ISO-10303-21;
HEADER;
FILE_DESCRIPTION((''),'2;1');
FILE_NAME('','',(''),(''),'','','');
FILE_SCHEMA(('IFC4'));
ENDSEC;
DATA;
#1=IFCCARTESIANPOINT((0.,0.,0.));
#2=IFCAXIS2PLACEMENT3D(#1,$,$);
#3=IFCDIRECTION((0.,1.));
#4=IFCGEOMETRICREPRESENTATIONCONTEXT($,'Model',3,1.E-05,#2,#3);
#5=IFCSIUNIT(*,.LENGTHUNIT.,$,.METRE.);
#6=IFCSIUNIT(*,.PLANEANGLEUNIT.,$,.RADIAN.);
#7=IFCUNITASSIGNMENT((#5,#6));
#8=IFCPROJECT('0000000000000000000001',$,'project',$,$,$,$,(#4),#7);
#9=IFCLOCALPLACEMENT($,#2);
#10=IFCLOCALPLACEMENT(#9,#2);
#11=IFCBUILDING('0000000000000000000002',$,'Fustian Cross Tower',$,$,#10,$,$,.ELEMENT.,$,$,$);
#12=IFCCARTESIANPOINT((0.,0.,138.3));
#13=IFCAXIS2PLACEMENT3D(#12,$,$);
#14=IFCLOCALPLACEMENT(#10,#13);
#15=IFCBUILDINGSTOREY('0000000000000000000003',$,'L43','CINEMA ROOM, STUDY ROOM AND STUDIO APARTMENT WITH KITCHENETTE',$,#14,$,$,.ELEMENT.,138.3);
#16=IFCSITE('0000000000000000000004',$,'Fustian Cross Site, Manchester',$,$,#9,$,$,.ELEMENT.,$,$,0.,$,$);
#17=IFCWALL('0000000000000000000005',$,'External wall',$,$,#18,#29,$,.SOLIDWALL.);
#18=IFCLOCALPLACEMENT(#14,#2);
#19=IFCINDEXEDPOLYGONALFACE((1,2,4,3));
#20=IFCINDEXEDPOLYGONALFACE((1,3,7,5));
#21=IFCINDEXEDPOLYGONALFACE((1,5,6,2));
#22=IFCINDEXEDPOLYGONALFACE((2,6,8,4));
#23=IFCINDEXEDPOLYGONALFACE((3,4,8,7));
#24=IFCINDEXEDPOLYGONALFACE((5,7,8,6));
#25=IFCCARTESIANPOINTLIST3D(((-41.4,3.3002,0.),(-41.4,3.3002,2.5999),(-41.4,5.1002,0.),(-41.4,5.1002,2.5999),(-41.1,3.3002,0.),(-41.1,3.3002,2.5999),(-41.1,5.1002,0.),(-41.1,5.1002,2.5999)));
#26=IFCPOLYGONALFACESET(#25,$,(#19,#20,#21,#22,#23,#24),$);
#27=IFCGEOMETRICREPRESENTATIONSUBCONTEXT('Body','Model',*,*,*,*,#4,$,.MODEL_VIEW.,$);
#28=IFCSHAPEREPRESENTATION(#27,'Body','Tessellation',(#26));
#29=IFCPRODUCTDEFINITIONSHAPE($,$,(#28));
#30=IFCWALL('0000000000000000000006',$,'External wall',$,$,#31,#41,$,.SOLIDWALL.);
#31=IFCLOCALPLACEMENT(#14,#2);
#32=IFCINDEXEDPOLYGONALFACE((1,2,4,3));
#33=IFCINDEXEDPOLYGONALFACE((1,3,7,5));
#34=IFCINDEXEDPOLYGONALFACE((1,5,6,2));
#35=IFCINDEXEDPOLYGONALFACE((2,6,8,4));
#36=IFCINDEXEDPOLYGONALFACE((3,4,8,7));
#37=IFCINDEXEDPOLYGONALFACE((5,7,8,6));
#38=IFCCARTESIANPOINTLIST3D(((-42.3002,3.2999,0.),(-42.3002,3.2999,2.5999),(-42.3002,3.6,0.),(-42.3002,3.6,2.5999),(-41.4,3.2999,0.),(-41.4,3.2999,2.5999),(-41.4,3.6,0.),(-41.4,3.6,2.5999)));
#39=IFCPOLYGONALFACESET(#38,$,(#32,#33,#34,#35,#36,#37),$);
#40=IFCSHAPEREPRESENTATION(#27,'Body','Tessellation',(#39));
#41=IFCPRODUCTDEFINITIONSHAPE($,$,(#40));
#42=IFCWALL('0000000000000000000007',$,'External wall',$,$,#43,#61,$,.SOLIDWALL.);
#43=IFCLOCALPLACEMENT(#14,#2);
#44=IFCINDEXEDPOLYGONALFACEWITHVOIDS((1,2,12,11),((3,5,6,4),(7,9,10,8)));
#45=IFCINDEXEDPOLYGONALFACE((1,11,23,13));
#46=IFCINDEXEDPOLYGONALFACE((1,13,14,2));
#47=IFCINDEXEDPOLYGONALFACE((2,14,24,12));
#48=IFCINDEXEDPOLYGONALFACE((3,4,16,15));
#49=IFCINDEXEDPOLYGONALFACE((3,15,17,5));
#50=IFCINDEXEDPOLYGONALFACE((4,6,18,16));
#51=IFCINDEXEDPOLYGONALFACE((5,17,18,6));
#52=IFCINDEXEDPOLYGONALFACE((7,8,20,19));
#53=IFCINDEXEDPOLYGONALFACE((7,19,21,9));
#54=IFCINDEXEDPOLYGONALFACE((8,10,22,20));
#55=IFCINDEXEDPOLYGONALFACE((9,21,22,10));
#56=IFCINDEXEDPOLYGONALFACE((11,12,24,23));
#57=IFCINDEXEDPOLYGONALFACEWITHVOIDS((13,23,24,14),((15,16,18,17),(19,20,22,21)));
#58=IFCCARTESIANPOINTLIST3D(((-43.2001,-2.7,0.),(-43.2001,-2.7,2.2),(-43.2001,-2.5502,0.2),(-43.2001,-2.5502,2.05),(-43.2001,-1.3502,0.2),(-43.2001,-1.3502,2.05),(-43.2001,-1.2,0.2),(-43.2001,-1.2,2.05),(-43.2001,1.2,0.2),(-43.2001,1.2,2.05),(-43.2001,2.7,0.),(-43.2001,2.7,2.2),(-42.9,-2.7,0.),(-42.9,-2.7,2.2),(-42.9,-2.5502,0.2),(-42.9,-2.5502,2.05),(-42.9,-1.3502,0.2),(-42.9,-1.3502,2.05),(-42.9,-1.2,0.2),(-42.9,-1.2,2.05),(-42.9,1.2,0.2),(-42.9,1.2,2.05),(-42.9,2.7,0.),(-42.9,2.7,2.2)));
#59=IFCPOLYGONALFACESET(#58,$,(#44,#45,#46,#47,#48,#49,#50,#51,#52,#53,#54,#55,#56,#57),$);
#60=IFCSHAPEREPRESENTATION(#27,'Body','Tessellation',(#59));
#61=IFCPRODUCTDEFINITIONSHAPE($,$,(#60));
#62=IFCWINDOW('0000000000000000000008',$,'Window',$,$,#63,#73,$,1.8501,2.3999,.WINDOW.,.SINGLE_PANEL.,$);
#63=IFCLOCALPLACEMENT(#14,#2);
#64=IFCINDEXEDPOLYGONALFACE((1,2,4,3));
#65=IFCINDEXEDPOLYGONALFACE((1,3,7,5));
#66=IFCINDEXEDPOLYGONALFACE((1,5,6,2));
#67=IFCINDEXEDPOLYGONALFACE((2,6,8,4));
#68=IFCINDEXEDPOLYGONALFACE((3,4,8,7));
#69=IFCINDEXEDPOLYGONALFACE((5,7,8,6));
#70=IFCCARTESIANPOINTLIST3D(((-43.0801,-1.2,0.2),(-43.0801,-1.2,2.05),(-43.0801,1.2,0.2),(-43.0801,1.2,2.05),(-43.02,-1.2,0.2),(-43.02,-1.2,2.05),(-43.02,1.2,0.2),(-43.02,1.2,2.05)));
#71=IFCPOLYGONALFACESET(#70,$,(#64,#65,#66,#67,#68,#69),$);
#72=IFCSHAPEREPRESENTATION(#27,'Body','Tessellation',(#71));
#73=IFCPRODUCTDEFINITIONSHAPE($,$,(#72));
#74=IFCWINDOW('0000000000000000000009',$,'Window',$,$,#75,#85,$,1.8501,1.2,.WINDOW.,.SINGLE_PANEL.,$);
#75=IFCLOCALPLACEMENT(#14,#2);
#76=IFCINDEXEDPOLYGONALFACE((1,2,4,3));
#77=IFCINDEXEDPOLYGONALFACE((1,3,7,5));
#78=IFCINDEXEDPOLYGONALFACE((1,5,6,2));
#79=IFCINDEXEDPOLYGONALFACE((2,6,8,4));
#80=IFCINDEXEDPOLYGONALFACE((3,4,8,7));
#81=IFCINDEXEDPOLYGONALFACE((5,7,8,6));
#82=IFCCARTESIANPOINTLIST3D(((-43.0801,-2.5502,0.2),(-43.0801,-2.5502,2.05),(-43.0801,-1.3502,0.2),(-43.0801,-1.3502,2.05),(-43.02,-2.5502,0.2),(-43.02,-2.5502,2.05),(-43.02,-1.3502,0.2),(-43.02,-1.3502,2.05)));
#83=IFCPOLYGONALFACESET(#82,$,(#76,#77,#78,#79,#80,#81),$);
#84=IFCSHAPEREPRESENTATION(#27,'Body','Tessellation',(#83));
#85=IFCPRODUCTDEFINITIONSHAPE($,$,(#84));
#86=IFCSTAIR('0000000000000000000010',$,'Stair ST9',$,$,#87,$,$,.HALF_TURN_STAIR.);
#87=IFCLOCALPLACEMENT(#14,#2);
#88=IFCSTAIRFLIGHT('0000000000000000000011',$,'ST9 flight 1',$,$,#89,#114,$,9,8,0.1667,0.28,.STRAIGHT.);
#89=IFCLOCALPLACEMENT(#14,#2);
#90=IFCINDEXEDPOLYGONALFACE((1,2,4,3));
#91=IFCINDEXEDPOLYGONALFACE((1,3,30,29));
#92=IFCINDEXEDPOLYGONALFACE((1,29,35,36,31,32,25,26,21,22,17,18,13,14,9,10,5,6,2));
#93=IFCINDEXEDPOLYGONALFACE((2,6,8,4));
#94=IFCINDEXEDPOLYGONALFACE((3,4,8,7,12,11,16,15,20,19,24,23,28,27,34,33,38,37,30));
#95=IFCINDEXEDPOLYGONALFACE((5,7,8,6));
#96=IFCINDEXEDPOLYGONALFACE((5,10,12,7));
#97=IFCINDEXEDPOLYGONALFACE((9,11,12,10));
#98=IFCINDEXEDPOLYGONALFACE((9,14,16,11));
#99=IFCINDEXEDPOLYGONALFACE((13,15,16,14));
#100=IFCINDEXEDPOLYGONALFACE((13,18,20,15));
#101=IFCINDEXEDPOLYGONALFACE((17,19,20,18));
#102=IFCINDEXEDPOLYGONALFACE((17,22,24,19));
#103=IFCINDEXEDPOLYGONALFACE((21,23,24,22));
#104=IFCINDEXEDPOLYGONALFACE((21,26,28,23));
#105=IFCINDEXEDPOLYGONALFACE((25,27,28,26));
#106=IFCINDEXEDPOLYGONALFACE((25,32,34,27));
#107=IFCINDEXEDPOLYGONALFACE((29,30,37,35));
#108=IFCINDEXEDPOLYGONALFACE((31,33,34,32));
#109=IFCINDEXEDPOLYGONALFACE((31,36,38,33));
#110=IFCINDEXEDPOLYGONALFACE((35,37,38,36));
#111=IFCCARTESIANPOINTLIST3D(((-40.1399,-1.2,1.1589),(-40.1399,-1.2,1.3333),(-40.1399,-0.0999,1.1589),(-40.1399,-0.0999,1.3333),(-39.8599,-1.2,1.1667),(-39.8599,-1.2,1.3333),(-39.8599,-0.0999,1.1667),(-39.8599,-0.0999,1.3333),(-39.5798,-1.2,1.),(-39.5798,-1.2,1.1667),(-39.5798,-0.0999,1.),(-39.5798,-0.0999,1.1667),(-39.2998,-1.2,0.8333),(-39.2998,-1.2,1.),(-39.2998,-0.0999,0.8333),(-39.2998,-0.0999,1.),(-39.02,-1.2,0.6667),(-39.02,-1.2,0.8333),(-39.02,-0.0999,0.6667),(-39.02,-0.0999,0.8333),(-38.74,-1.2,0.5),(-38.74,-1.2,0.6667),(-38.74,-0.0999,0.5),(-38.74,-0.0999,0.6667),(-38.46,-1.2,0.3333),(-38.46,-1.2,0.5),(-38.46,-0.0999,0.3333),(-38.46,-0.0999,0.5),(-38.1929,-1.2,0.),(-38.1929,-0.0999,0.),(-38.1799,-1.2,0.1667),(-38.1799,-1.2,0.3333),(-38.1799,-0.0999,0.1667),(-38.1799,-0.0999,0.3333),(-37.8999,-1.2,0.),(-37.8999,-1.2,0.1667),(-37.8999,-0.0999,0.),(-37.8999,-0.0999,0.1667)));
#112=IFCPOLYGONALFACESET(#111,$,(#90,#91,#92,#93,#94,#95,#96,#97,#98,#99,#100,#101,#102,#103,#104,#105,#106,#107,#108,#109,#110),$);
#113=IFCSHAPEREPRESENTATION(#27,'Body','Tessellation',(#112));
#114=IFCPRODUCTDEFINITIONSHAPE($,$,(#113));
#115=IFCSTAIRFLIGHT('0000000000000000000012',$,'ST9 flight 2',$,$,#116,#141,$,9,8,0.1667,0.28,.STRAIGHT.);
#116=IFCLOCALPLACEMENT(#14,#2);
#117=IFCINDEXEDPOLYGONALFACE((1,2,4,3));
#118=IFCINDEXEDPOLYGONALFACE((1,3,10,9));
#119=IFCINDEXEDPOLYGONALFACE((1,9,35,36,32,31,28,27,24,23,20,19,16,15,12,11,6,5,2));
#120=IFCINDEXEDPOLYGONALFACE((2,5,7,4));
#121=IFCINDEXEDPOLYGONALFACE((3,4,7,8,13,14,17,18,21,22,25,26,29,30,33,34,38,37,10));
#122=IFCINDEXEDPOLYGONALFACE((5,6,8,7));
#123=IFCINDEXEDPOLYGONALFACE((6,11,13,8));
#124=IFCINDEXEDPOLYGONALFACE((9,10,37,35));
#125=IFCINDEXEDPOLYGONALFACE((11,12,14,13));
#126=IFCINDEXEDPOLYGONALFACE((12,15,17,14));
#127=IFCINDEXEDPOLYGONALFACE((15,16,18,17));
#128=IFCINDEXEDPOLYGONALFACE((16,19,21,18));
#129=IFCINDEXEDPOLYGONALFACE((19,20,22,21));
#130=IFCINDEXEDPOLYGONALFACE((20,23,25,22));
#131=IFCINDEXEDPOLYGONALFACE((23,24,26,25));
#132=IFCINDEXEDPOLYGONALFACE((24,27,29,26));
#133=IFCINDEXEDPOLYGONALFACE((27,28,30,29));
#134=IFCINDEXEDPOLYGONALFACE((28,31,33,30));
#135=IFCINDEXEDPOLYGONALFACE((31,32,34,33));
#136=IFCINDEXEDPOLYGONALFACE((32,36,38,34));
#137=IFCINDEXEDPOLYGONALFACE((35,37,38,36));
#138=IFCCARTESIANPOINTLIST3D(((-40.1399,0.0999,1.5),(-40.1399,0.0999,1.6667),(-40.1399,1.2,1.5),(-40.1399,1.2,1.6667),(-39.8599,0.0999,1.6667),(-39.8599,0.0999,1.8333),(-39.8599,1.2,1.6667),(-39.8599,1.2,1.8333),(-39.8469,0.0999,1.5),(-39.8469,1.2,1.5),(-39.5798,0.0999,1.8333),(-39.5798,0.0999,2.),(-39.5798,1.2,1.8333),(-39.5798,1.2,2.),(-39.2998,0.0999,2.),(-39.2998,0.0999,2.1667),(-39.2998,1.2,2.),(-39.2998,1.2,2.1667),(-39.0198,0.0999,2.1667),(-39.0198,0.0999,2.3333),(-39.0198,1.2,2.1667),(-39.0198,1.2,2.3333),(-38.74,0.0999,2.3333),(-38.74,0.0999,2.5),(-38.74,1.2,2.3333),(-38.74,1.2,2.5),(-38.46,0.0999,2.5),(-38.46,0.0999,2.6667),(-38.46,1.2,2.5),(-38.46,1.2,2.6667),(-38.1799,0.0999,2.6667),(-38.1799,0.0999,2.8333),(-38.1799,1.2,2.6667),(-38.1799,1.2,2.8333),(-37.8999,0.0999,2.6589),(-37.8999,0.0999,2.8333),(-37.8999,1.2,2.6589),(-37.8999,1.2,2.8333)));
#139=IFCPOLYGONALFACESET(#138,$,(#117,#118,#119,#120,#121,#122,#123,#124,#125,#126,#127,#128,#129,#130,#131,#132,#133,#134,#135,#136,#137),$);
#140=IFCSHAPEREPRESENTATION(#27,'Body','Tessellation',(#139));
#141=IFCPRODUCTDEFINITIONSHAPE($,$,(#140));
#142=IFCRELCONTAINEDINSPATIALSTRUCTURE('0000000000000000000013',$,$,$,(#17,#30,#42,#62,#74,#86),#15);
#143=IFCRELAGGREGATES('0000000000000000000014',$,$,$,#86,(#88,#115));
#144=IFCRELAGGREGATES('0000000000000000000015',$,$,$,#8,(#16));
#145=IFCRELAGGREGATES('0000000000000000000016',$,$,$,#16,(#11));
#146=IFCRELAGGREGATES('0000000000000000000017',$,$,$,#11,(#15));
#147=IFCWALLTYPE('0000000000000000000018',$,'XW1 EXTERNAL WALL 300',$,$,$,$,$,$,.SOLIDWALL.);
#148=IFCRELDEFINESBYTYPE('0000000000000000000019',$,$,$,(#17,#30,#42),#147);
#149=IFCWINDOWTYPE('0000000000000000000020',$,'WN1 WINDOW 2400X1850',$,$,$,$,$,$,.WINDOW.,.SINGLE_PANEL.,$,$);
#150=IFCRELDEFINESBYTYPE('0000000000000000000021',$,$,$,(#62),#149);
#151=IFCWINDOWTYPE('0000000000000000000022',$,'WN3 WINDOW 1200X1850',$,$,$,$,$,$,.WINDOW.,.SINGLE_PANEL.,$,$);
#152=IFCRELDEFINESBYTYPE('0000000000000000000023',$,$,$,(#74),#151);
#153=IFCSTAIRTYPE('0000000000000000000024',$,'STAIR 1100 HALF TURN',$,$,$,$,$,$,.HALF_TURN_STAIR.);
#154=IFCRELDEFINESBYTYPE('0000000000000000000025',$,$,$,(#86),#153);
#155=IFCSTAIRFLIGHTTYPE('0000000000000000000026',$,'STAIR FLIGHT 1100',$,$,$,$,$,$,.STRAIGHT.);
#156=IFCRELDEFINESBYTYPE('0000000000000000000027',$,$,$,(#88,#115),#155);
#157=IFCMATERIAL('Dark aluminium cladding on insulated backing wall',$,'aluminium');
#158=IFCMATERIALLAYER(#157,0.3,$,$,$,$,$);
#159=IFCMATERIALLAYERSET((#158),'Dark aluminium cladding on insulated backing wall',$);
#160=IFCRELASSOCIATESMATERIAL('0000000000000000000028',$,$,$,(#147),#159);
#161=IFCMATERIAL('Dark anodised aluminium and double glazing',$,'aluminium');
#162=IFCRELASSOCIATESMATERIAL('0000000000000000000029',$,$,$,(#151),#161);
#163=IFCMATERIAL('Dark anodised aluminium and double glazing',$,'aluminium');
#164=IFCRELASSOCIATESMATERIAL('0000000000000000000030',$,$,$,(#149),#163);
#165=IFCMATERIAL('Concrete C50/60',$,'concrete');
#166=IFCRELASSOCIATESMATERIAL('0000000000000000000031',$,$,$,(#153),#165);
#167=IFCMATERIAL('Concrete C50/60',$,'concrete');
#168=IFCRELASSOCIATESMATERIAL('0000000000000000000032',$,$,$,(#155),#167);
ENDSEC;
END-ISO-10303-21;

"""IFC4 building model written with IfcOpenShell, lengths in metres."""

from ifc_helpers import new_model, si_unit, direction, frame, frame_2d, origin, place, context, subcontext, project, spatial, polyline, rectangle, outline, extrude, material, layer, layer_set, type_object, element, fill, aggregate, save


model = new_model("IFC4")

# Units and contexts
model_context = context("Model", 3, precision=1e-05, world=origin(), true_north=direction((0.0, 1.0)))
body_context = subcontext(model_context, "Body", "Model", "MODEL_VIEW")
ifc_project = project(units=[si_unit("LENGTHUNIT", "METRE"), si_unit("PLANEANGLEUNIT", "RADIAN")], contexts=[model_context])

# Site, building, storey
site_placement = place(None, origin())
site = spatial("IfcSite", under=ifc_project, at=site_placement, Name="Fustian Cross Site, Manchester", CompositionType="ELEMENT", RefElevation=0.0)
building_placement = place(site_placement, origin())
building = spatial("IfcBuilding", under=site, at=building_placement, Name="Fustian Cross Tower", CompositionType="ELEMENT")
storey_placement = place(building_placement, frame((0.0, 0.0, 138.3)))
storey = spatial("IfcBuildingStorey", under=building, at=storey_placement, Name="L43", Description="CINEMA ROOM, STUDY ROOM AND STUDIO APARTMENT WITH KITCHENETTE", CompositionType="ELEMENT", Elevation=138.3)

# Shared definitions
ifc_material_1 = material(Name="Dark aluminium cladding on insulated backing wall", Category="aluminium")
ifc_layer_1 = layer(ifc_material_1, 0.3)
ifc_layer_set_1 = layer_set([ifc_layer_1], Name="Dark aluminium cladding on insulated backing wall")
wall_type_1 = type_object("IfcWallType", Name="XW1 EXTERNAL WALL 300", PredefinedType="SOLIDWALL", material=ifc_layer_set_1)
ifc_material_2 = material(Name="Dark anodised aluminium and double glazing", Category="aluminium")
window_type_1 = type_object("IfcWindowType", Name="WN3 WINDOW 1200X1850", PartitioningType="SINGLE_PANEL", PredefinedType="WINDOW", material=ifc_material_2)

# Walls
wall_1_placement = place(storey_placement, frame((-41.25, 5.1001, 0.0), z_axis=(0.0, 0.0, 1.0), x_axis=(0.0, -1.0, 0.0)))
element("IfcWall", 1, at=wall_1_placement, inside=storey, type_object=wall_type_1, Name="External wall", PredefinedType="SOLIDWALL", context=body_context, shape_type="SweptSolid", body=[
    extrude(rectangle(XDim=1.8, YDim=0.3, at=frame_2d((0.8999, 0.0))), origin(), (0.0, 0.0, 1.0), 2.5999),
])
wall_2_placement = place(storey_placement, frame((-41.3999, 3.45, 0.0), z_axis=(0.0, 0.0, 1.0), x_axis=(-1.0, 0.0, 0.0)))
element("IfcWall", 2, at=wall_2_placement, inside=storey, type_object=wall_type_1, Name="External wall", PredefinedType="SOLIDWALL", context=body_context, shape_type="SweptSolid", body=[
    extrude(rectangle(XDim=0.9001, YDim=0.3, at=frame_2d((0.4502, 0.0))), origin(), (0.0, 0.0, 1.0), 2.5999),
])

# Wall, openings, windows
wall_3_placement = place(storey_placement, frame((-43.05, 2.7, 0.0), z_axis=(0.0, 0.0, 1.0), x_axis=(0.0, -1.0, 0.0)))
wall_3 = element("IfcWall", 3, at=wall_3_placement, inside=storey, type_object=wall_type_1, Name="External wall", PredefinedType="SOLIDWALL", context=body_context, shape_type="SweptSolid", body=[
    extrude(rectangle(XDim=5.3999, YDim=0.3, at=frame_2d((2.7, 0.0))), origin(), (0.0, 0.0, 1.0), 2.2),
])
opening_1_placement = place(wall_3_placement, frame((1.5, 0.0, 0.2)))
opening_1 = element("IfcOpeningElement", 4, at=opening_1_placement, cuts=wall_3, PredefinedType="OPENING", context=body_context, shape_type="SweptSolid", body=[
    extrude(rectangle(XDim=2.3999, YDim=1.8501, at=frame_2d((1.2, 0.925))), frame((0.0, 0.1599, 0.0), z_axis=(0.0, -1.0, 0.0), x_axis=(1.0, 0.0, 0.0)), (0.0, 0.0, 1.0), 0.3201),
])
opening_2_placement = place(wall_3_placement, frame((4.05, 0.0, 0.2)))
opening_2 = element("IfcOpeningElement", 5, at=opening_2_placement, cuts=wall_3, PredefinedType="OPENING", context=body_context, shape_type="SweptSolid", body=[
    extrude(rectangle(XDim=1.2, YDim=1.8501, at=frame_2d((0.6001, 0.925))), frame((0.0, 0.1599, 0.0), z_axis=(0.0, -1.0, 0.0), x_axis=(1.0, 0.0, 0.0)), (0.0, 0.0, 1.0), 0.3201),
])
ifc_material_3 = material(Name="Dark anodised aluminium and double glazing", Category="aluminium")
window_type_2 = type_object("IfcWindowType", Name="WN1 WINDOW 2400X1850", PartitioningType="SINGLE_PANEL", PredefinedType="WINDOW", material=ifc_material_3)
window_1_placement = place(opening_1_placement, origin())
window_1 = element("IfcWindow", 6, at=window_1_placement, inside=storey, type_object=window_type_2, Name="Window", OverallHeight=1.8501, OverallWidth=2.3999, PartitioningType="SINGLE_PANEL", PredefinedType="WINDOW", context=body_context, shape_type="SweptSolid", body=[
    extrude(rectangle(XDim=2.3999, YDim=1.8501, at=frame_2d((1.2, 0.925))), frame((0.0, 0.03, 0.0), z_axis=(0.0, -1.0, 0.0), x_axis=(1.0, 0.0, 0.0)), (0.0, 0.0, 1.0), 0.0601),
])
fill(opening_1, window_1)
window_2_placement = place(opening_2_placement, origin())
window_2 = element("IfcWindow", 7, at=window_2_placement, inside=storey, type_object=window_type_1, Name="Window", OverallHeight=1.8501, OverallWidth=1.2, PartitioningType="SINGLE_PANEL", PredefinedType="WINDOW", context=body_context, shape_type="SweptSolid", body=[
    extrude(rectangle(XDim=1.2, YDim=1.8501, at=frame_2d((0.6001, 0.925))), frame((0.0, 0.03, 0.0), z_axis=(0.0, -1.0, 0.0), x_axis=(1.0, 0.0, 0.0)), (0.0, 0.0, 1.0), 0.0601),
])
fill(opening_2, window_2)

# Stair, stair flights
ifc_material_4 = material(Name="Concrete C50/60", Category="concrete")
stair_type = type_object("IfcStairType", Name="STAIR 1100 HALF TURN", PredefinedType="HALF_TURN_STAIR", material=ifc_material_4)
stair_placement = place(storey_placement, origin())
stair = element("IfcStair", 8, at=stair_placement, inside=storey, type_object=stair_type, Name="Stair ST9", PredefinedType="HALF_TURN_STAIR")
ifc_material_5 = material(Name="Concrete C50/60", Category="concrete")
stair_flight_type = type_object("IfcStairFlightType", Name="STAIR FLIGHT 1100", PredefinedType="STRAIGHT", material=ifc_material_5)
stair_flight_1_placement = place(storey_placement, frame((-37.8999, -0.6499, 0.0), z_axis=(0.0, 0.0, 1.0), x_axis=(-1.0, 0.0, 0.0)))
stair_flight_1 = element("IfcStairFlight", 9, at=stair_flight_1_placement, type_object=stair_flight_type, Name="ST9 flight 1", NumberOfRisers=9, NumberOfTreads=8, PredefinedType="STRAIGHT", RiserHeight=0.1667, TreadLength=0.28, context=body_context, shape_type="SweptSolid", body=[
    extrude(outline(polyline([(0.0, 0.0), (0.0, 0.1667), (0.28, 0.1667), (0.28, 0.3333), (0.5601, 0.3333), (0.5601, 0.5), (0.8401, 0.5), (0.8401, 0.6667), (1.1201, 0.6667), (1.1201, 0.8333), (1.3999, 0.8333), (1.3999, 1.0), (1.6799, 1.0), (1.6799, 1.1667), (1.96, 1.1667), (1.96, 1.3333), (2.24, 1.3333), (2.24, 1.5), (2.24, 1.1589), (0.293, 0.0), (0.0, 0.0)])), frame((0.0, 0.55, 0.0), z_axis=(0.0, -1.0, 0.0), x_axis=(1.0, 0.0, 0.0)), (0.0, 0.0, 1.0), 1.1001),
])
stair_flight_2_placement = place(storey_placement, frame((-40.1399, 0.6499, 1.5), z_axis=(0.0, 0.0, 1.0), x_axis=(1.0, 0.0, 0.0)))
stair_flight_2 = element("IfcStairFlight", 10, at=stair_flight_2_placement, type_object=stair_flight_type, Name="ST9 flight 2", NumberOfRisers=9, NumberOfTreads=8, PredefinedType="STRAIGHT", RiserHeight=0.1667, TreadLength=0.28, context=body_context, shape_type="SweptSolid", body=[
    extrude(outline(polyline([(0.0, 0.0), (0.0, 0.1667), (0.28, 0.1667), (0.28, 0.3333), (0.5601, 0.3333), (0.5601, 0.5), (0.8401, 0.5), (0.8401, 0.6667), (1.1201, 0.6667), (1.1201, 0.8333), (1.3999, 0.8333), (1.3999, 1.0), (1.6799, 1.0), (1.6799, 1.1667), (1.96, 1.1667), (1.96, 1.3333), (2.24, 1.3333), (2.24, 1.5), (2.24, 1.1589), (0.293, 0.0), (0.0, 0.0)])), frame((0.0, 0.55, 0.0), z_axis=(0.0, -1.0, 0.0), x_axis=(1.0, 0.0, 0.0)), (0.0, 0.0, 1.0), 1.1001),
])
aggregate(stair, [stair_flight_1, stair_flight_2])

save(model, "model.ifc")
